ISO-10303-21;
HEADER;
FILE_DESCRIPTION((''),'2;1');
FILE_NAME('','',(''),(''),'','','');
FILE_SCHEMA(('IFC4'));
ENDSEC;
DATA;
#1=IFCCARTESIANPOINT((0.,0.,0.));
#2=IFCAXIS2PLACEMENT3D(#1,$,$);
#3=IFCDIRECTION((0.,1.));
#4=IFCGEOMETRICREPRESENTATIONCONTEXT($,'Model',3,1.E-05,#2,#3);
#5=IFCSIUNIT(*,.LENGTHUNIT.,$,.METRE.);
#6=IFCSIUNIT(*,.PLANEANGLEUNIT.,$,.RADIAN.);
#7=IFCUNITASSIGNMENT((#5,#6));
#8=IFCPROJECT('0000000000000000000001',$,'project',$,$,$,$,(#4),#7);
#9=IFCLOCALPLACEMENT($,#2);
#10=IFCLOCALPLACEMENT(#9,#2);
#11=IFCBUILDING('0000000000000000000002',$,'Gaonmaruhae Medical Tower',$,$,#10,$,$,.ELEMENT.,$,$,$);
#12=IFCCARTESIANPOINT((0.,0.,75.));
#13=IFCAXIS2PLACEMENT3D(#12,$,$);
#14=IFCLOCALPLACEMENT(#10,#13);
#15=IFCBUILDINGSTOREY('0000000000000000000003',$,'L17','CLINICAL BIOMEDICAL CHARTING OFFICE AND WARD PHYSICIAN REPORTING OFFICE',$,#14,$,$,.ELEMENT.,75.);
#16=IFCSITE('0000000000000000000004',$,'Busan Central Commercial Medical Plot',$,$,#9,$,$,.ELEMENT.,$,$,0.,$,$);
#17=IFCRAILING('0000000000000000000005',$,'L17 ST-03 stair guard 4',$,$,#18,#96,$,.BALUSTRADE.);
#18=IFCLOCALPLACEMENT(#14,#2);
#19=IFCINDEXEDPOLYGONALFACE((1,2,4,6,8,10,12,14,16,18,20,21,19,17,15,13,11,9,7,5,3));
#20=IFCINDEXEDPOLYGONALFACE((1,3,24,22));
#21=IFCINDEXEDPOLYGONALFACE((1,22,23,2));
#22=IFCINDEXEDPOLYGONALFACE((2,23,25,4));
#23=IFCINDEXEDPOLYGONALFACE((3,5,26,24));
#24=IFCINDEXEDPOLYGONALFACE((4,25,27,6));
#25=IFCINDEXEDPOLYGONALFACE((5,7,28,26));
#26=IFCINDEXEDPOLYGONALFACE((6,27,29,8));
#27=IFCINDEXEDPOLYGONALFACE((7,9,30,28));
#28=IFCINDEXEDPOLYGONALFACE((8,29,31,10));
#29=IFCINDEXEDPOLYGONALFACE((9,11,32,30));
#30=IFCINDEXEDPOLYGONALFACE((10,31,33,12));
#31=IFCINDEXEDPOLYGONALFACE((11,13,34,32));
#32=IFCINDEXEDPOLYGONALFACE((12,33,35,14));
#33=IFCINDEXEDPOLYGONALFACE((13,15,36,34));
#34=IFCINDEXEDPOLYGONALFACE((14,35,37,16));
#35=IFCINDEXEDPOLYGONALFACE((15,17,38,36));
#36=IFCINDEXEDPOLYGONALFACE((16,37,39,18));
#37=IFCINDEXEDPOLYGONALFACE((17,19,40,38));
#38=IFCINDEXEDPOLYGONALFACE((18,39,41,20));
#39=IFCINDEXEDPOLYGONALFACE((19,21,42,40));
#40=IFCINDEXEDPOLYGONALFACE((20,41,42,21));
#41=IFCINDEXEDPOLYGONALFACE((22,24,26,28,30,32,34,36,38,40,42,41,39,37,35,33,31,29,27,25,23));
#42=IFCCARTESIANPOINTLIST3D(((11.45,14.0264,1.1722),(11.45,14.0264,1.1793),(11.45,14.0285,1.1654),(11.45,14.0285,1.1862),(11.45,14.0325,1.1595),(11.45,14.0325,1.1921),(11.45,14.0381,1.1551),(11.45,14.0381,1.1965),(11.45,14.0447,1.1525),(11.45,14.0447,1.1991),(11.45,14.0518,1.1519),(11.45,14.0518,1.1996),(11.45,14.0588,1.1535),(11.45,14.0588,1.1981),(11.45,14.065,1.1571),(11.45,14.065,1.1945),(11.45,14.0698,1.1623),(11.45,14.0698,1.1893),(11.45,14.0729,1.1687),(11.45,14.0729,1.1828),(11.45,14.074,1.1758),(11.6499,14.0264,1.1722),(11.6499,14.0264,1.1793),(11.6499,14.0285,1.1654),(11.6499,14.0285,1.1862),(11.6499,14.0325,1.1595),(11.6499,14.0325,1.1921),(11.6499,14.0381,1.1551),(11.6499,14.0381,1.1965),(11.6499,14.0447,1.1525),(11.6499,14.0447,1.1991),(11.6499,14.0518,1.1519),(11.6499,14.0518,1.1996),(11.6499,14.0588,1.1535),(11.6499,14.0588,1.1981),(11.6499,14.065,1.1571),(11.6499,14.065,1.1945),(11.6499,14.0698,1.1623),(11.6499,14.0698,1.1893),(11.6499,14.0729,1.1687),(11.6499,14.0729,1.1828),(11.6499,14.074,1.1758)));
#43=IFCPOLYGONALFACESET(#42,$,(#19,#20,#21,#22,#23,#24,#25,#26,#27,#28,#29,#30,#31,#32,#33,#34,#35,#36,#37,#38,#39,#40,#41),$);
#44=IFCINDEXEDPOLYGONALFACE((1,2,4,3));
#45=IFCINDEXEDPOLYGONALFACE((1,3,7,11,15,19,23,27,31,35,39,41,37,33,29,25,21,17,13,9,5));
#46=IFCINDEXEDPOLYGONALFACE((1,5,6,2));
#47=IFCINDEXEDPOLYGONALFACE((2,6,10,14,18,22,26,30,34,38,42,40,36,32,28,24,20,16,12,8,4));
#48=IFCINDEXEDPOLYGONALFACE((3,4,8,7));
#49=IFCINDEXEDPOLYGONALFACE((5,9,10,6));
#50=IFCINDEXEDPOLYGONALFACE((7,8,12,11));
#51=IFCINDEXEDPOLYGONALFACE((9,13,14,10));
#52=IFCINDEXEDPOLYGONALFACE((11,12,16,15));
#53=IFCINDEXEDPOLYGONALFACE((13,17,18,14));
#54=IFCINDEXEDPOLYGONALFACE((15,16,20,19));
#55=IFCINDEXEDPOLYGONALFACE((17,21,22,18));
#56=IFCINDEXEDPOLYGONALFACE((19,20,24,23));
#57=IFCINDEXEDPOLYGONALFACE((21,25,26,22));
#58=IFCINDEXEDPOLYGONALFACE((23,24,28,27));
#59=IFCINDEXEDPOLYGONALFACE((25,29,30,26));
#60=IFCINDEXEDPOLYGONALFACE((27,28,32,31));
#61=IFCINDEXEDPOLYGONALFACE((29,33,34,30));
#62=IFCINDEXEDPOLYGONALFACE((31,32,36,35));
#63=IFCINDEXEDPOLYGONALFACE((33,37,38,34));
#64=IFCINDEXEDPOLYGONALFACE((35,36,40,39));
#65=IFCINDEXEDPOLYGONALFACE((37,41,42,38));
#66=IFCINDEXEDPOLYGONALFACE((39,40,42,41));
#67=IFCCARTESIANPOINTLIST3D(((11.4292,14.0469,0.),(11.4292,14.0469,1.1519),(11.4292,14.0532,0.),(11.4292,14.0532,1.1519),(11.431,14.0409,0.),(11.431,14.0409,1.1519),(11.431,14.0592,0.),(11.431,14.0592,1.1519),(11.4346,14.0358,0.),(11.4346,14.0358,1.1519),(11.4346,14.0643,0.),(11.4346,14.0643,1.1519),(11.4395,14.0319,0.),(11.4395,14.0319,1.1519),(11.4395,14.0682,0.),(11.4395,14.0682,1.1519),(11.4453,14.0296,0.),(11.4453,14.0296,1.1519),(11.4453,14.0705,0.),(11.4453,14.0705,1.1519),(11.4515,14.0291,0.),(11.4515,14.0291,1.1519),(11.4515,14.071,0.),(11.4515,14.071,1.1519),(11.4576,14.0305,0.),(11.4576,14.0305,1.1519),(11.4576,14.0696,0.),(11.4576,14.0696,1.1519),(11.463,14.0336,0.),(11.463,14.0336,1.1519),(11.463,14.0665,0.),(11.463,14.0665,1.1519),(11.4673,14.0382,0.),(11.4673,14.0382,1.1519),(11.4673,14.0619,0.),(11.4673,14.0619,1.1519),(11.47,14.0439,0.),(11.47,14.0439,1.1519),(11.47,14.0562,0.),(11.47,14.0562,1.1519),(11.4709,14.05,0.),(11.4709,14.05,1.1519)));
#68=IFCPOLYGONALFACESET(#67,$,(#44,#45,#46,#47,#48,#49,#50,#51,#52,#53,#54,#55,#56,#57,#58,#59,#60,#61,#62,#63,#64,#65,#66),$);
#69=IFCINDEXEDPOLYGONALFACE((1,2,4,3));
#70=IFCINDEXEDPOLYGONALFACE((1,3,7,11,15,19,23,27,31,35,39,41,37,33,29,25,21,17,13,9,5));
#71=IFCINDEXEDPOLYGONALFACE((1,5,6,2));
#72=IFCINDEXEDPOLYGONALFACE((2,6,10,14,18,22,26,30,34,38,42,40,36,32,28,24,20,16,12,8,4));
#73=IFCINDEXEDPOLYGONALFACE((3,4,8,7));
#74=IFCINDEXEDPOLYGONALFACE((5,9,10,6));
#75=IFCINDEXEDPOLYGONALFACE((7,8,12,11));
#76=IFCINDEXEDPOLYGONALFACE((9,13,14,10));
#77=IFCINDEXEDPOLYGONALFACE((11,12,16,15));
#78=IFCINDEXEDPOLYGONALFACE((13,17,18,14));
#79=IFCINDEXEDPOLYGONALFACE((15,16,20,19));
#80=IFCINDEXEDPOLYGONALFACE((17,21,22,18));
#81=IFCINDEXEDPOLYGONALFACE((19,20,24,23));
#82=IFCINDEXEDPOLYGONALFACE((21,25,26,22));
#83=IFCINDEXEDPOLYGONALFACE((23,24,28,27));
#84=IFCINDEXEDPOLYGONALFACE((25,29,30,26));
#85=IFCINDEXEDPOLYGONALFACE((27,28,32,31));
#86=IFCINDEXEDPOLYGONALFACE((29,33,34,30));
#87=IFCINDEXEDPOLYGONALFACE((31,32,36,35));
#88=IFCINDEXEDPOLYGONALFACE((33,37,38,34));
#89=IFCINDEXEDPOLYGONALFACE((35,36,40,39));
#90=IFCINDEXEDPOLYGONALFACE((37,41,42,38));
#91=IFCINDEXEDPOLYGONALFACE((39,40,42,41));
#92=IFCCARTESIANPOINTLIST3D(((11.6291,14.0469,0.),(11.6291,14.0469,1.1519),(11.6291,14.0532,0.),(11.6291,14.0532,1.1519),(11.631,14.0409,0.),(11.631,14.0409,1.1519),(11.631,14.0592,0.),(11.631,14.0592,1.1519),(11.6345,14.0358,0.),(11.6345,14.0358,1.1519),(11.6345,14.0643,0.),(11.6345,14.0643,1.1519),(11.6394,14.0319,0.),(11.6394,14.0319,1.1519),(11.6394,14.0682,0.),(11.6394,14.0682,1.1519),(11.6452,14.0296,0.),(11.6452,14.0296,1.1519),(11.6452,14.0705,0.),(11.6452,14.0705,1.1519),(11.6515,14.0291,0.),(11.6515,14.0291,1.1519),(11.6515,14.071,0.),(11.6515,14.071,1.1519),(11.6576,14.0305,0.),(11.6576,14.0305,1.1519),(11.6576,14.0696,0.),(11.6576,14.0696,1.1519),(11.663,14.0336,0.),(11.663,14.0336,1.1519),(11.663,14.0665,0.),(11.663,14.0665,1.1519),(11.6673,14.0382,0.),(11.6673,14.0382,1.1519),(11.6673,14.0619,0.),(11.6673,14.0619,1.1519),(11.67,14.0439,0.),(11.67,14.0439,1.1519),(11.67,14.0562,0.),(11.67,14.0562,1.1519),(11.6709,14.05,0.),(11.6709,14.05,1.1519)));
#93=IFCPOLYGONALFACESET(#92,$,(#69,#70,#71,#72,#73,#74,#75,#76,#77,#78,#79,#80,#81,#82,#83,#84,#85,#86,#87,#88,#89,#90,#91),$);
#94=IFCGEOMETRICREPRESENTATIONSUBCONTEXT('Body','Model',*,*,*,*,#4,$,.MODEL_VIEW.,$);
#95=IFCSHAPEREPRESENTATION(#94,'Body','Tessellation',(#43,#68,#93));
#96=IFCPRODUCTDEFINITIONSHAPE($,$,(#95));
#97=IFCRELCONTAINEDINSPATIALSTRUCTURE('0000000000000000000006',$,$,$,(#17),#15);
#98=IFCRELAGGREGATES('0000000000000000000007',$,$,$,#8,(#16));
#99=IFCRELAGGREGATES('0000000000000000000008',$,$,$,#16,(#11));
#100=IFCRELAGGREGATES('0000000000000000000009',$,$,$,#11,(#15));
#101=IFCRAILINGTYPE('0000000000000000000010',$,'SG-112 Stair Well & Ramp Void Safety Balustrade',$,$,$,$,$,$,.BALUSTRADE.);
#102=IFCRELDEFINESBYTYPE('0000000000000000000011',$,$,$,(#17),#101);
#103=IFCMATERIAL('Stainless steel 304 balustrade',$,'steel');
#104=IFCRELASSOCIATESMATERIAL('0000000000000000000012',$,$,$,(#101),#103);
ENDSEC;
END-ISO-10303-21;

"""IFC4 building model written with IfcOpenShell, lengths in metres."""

from ifc_helpers import new_model, si_unit, direction, frame, origin, origin_2d, place, context, subcontext, project, spatial, circle, extrude, material, type_object, element, save


model = new_model("IFC4")

# Units and contexts
model_context = context("Model", 3, precision=1e-05, world=origin(), true_north=direction((0.0, 1.0)))
body_context = subcontext(model_context, "Body", "Model", "MODEL_VIEW")
ifc_project = project(units=[si_unit("LENGTHUNIT", "METRE"), si_unit("PLANEANGLEUNIT", "RADIAN")], contexts=[model_context])

# Site, building, storey
site_placement = place(None, origin())
site = spatial("IfcSite", under=ifc_project, at=site_placement, Name="Busan Central Commercial Medical Plot", CompositionType="ELEMENT", RefElevation=0.0)
building_placement = place(site_placement, origin())
building = spatial("IfcBuilding", under=site, at=building_placement, Name="Gaonmaruhae Medical Tower", CompositionType="ELEMENT")
storey_placement = place(building_placement, frame((0.0, 0.0, 75.0)))
storey = spatial("IfcBuildingStorey", under=building, at=storey_placement, Name="L17", Description="CLINICAL BIOMEDICAL CHARTING OFFICE AND WARD PHYSICIAN REPORTING OFFICE", CompositionType="ELEMENT", Elevation=75.0)

# Railing
ifc_material_1 = material(Name="Stainless steel 304 balustrade", Category="steel")
railing_type_1 = type_object("IfcRailingType", Name="SG-112 Stair Well & Ramp Void Safety Balustrade", PredefinedType="BALUSTRADE", material=ifc_material_1)
railing_1_placement = place(storey_placement, frame((11.45, 14.05, 0.0)))
element("IfcRailing", 1, at=railing_1_placement, inside=storey, type_object=railing_type_1, Name="L17 ST-03 stair guard 4", PredefinedType="BALUSTRADE", context=body_context, shape_type="SweptSolid", body=[
    extrude(circle(Radius=0.0239, at=origin_2d()), frame((0.0, 0.0, 1.1758), z_axis=(1.0, 0.0, 0.0), x_axis=(0.0, 1.0, 0.0)), (0.0, 0.0, 1.0), 0.2),
    extrude(circle(Radius=0.021, at=origin_2d()), origin(), (0.0, 0.0, 1.0), 1.1519),
    extrude(circle(Radius=0.021, at=origin_2d()), frame((0.2, 0.0, 0.0)), (0.0, 0.0, 1.0), 1.1519),
])

save(model, "model.ifc")
